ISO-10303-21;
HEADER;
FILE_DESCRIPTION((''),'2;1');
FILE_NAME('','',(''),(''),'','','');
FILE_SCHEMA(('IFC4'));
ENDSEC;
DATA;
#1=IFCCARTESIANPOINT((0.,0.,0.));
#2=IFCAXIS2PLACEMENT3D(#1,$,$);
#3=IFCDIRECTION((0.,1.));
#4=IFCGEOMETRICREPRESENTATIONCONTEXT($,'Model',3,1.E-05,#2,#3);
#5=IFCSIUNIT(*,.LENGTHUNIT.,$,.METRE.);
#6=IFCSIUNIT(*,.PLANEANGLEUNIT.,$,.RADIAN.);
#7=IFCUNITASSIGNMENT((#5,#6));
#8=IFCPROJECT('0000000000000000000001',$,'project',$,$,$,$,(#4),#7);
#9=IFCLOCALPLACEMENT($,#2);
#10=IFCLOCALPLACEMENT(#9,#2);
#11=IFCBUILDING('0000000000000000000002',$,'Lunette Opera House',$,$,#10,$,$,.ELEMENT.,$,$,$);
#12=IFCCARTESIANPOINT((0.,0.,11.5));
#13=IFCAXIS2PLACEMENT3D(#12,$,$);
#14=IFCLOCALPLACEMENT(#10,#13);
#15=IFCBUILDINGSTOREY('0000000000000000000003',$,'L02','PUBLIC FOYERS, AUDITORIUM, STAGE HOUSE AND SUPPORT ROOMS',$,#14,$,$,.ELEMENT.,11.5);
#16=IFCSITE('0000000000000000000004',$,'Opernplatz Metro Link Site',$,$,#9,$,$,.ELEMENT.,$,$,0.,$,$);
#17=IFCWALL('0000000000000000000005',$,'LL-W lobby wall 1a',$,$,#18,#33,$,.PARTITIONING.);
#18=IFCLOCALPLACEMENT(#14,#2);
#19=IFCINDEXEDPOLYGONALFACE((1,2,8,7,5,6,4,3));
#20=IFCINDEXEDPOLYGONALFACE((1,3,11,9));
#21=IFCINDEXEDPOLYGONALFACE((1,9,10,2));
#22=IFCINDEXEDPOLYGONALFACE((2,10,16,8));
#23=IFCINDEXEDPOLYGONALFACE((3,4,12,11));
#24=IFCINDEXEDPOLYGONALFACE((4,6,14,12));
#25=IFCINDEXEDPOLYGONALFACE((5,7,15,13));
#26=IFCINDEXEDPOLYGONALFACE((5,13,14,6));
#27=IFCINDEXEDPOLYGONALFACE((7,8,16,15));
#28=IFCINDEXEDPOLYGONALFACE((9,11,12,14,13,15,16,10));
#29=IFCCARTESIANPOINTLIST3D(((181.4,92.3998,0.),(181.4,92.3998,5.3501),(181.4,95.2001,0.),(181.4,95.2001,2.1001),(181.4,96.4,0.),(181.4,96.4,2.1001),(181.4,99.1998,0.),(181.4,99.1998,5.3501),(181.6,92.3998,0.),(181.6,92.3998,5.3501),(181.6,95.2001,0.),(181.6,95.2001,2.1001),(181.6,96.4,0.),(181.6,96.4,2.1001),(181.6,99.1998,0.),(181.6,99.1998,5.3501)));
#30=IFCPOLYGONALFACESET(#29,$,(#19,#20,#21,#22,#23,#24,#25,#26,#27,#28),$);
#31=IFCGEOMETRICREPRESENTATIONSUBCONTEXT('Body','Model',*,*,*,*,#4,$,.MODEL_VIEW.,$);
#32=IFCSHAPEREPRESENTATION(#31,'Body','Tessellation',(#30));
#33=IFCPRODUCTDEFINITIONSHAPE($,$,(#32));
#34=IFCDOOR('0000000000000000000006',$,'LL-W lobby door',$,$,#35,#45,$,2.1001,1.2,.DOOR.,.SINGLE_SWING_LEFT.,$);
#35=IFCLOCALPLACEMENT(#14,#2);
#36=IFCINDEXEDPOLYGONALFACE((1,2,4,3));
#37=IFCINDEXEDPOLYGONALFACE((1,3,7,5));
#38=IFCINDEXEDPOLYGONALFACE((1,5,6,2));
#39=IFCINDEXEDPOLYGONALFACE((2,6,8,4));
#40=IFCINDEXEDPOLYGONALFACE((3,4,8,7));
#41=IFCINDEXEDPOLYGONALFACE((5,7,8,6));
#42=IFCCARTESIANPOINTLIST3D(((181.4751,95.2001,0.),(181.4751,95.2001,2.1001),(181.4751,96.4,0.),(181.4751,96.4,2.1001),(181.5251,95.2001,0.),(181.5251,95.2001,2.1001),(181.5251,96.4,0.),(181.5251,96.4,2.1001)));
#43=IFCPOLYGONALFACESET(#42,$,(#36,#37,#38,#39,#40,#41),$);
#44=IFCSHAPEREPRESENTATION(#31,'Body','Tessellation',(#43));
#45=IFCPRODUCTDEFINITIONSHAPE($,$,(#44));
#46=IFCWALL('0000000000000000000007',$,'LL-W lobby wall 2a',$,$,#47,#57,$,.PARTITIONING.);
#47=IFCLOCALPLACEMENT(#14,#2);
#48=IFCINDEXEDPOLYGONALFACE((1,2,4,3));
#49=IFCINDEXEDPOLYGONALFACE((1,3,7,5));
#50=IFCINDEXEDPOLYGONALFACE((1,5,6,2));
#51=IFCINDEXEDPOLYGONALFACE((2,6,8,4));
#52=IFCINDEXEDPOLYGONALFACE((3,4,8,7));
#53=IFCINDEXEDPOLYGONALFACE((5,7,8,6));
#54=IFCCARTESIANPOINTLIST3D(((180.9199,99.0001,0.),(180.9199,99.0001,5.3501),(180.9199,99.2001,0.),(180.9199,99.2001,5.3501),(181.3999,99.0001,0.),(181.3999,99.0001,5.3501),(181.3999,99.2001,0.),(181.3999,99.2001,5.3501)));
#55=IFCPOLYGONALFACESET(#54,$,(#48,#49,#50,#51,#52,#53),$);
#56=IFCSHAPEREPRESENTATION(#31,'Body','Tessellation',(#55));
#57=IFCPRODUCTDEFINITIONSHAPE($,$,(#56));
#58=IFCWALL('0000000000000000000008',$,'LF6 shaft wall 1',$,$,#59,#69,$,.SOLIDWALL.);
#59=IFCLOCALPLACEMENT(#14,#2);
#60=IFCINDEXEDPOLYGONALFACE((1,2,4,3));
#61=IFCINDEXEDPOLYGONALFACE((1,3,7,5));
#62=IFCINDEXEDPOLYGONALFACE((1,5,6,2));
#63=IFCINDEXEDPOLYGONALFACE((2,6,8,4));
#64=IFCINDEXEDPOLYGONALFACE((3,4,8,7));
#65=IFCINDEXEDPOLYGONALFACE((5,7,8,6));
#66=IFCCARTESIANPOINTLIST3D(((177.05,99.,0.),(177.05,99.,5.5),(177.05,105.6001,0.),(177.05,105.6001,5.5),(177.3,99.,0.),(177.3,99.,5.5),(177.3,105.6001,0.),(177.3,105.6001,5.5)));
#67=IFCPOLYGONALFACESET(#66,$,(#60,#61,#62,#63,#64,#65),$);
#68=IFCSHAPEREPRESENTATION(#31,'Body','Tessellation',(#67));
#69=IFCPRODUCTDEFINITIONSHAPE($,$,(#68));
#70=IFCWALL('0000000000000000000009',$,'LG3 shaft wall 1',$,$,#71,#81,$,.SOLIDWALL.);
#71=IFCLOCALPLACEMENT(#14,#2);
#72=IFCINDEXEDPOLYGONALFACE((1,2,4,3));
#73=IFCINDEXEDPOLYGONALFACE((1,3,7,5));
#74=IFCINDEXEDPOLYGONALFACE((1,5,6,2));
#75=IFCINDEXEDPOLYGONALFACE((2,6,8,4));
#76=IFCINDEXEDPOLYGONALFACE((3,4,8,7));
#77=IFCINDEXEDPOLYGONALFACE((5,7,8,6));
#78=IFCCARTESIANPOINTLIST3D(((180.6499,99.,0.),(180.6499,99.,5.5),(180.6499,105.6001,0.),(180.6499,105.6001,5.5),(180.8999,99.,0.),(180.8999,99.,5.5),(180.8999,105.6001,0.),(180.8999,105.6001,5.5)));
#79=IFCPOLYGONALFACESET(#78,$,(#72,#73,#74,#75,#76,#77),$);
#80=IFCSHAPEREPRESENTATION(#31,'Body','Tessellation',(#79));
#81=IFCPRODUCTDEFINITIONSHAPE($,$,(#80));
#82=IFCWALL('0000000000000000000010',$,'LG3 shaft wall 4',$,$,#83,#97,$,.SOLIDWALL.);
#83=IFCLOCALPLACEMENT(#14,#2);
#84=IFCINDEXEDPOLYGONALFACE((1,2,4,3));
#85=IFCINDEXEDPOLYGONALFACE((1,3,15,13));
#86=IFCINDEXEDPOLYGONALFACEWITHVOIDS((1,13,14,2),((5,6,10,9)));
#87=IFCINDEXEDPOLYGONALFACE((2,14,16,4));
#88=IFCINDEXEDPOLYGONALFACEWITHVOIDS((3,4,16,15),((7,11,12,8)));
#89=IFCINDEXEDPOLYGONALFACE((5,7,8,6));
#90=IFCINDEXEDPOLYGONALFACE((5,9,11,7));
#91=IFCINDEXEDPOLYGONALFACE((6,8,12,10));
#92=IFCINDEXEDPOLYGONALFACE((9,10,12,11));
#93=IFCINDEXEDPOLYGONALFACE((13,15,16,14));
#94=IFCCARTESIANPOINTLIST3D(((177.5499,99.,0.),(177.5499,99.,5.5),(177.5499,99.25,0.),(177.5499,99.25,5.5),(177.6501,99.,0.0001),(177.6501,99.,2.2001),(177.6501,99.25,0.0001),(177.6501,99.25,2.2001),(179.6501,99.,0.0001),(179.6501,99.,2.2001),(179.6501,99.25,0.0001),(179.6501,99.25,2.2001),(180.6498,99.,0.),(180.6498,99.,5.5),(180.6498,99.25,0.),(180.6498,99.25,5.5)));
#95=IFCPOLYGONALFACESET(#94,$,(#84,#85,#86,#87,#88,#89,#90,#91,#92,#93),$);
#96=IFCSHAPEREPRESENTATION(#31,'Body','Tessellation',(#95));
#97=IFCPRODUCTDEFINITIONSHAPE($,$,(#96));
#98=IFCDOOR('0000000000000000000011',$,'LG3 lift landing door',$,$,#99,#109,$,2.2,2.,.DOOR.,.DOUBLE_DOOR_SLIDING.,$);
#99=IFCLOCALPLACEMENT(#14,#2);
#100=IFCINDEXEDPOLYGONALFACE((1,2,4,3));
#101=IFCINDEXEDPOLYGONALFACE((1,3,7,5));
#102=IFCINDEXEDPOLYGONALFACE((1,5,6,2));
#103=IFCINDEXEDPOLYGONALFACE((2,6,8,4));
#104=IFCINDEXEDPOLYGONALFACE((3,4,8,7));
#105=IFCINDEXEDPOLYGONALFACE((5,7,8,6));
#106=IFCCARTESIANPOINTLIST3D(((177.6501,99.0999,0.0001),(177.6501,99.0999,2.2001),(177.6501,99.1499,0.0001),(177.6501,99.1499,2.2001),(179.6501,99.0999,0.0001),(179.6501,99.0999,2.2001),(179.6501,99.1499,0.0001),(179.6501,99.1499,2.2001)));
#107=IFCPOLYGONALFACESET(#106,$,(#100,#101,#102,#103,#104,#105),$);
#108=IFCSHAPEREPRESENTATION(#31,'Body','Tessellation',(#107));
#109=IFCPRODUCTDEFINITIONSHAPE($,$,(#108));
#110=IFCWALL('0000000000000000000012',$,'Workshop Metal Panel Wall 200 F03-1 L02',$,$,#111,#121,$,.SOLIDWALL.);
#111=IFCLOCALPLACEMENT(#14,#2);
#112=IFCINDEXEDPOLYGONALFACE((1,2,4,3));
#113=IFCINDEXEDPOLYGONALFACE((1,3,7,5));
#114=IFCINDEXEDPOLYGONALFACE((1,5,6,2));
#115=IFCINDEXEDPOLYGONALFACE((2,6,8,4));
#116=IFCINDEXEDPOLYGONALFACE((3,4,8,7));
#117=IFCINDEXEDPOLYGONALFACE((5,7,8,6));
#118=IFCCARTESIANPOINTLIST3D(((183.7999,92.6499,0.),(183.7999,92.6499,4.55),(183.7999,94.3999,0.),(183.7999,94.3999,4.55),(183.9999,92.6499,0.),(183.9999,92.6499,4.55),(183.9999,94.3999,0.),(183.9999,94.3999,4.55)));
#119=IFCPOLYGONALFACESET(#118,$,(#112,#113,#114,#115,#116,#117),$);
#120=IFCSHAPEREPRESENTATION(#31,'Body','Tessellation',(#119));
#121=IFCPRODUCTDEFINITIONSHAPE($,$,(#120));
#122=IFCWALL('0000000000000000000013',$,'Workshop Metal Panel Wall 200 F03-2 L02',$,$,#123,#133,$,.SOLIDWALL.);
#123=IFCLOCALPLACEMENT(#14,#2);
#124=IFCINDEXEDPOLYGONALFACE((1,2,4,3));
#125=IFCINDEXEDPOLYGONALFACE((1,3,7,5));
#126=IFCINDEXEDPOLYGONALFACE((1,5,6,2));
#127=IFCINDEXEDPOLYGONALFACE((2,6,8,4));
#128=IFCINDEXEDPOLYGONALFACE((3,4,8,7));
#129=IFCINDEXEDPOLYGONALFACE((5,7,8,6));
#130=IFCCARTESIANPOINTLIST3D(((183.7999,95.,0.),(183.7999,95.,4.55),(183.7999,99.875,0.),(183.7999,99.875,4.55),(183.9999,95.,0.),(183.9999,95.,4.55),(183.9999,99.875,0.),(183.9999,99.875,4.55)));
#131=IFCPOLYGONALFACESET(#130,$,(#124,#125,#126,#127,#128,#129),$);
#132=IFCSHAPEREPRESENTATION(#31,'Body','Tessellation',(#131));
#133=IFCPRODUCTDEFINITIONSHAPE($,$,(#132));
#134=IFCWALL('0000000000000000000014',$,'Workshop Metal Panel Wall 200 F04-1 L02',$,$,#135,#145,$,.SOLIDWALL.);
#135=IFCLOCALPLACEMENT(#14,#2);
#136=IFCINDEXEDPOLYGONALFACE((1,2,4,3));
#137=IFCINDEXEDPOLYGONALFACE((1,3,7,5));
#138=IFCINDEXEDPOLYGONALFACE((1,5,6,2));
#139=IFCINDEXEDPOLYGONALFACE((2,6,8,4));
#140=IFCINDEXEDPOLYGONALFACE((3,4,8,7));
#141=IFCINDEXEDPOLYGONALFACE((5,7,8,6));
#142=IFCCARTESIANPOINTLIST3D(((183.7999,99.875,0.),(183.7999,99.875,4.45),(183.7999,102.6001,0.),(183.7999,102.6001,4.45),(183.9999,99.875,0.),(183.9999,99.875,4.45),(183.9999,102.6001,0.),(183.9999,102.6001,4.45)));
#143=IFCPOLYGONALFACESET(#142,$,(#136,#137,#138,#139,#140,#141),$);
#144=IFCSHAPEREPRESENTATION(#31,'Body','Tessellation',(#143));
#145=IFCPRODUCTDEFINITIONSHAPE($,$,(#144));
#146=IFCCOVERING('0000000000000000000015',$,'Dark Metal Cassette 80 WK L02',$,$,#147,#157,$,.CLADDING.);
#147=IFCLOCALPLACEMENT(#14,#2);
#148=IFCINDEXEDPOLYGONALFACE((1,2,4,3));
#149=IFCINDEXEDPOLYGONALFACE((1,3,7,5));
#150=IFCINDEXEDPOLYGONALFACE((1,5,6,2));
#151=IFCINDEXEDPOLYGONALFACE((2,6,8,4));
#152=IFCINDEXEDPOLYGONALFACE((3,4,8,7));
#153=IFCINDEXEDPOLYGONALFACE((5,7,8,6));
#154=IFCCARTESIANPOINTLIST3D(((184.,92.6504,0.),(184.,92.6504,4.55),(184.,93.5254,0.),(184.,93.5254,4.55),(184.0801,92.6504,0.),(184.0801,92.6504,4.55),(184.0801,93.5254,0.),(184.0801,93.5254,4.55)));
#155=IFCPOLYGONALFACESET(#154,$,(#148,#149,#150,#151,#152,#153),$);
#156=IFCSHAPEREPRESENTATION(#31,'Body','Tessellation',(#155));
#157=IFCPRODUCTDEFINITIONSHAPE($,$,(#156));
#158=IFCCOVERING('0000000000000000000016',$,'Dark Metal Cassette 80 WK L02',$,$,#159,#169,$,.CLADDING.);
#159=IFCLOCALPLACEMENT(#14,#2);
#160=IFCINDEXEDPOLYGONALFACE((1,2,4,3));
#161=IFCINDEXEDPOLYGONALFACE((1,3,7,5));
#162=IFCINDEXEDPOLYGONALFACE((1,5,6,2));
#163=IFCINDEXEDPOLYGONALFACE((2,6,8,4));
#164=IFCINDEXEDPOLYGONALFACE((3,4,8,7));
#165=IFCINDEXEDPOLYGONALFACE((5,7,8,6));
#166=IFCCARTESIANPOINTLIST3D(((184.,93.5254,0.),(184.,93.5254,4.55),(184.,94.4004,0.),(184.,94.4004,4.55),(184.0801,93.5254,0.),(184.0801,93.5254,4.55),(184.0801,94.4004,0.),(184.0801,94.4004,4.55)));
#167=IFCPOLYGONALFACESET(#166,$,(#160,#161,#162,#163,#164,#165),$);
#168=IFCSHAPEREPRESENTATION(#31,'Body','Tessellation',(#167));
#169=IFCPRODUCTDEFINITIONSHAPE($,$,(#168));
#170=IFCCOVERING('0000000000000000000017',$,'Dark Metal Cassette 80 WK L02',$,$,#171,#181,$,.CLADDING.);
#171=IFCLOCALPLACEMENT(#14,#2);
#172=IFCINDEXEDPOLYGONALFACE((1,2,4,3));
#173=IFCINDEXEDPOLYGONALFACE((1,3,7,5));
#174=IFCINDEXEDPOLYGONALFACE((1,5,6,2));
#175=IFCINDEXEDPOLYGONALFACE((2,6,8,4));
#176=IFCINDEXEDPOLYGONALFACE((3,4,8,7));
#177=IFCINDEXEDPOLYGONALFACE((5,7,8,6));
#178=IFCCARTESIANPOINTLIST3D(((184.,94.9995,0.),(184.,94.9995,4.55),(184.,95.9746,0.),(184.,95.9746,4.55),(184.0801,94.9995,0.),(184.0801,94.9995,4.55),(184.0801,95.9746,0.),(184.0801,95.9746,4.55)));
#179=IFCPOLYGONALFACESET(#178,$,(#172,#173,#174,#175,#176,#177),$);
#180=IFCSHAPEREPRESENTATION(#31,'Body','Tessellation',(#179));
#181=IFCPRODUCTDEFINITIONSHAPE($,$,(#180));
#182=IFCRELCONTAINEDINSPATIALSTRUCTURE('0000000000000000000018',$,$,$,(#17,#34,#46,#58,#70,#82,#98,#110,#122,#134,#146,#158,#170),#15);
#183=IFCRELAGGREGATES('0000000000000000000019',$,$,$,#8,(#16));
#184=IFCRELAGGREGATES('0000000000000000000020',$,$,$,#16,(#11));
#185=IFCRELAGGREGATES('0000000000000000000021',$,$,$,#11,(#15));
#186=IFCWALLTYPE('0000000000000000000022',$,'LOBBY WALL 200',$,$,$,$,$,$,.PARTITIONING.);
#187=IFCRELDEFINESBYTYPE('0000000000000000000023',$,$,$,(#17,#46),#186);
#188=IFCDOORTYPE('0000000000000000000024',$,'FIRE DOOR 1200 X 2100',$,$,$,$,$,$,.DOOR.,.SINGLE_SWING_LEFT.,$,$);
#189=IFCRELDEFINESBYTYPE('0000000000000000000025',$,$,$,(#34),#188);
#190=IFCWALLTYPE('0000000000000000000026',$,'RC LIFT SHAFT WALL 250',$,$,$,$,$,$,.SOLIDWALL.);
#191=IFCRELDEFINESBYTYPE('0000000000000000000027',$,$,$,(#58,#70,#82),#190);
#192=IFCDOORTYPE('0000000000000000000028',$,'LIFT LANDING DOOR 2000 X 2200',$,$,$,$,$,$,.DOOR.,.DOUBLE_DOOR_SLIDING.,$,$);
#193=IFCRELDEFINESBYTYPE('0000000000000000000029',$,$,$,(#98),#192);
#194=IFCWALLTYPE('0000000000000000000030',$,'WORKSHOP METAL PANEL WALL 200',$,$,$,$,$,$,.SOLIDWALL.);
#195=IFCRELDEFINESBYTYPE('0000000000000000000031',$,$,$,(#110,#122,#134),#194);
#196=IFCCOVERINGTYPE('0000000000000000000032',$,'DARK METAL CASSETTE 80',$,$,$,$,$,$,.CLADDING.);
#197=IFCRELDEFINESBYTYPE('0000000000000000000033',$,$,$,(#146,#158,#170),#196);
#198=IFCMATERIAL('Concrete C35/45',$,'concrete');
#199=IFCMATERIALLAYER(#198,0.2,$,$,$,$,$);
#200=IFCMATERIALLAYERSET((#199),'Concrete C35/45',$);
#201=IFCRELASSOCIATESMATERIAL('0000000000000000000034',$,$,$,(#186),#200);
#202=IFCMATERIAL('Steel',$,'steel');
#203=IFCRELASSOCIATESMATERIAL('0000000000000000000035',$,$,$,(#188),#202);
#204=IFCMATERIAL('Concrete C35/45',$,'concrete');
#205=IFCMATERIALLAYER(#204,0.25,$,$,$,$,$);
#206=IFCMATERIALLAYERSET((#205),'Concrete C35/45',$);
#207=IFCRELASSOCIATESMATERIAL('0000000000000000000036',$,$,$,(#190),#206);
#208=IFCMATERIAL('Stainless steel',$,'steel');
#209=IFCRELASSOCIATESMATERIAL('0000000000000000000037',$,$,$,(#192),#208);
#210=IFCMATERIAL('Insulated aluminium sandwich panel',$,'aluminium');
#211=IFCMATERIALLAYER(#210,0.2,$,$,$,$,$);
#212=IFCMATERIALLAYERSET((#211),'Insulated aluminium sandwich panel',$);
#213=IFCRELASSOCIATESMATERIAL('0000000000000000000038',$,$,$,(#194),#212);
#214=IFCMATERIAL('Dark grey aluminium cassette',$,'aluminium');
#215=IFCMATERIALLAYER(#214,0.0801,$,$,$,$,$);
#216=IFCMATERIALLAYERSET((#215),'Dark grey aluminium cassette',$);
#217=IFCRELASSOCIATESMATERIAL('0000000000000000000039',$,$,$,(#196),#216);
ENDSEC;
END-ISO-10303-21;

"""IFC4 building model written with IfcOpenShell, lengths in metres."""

from ifc_helpers import new_model, si_unit, direction, frame, frame_2d, origin, origin_2d, place, context, subcontext, project, spatial, rectangle, extrude, material, layer, layer_set, type_object, element, fill, save


model = new_model("IFC4")

# Units and contexts
model_context = context("Model", 3, precision=1e-05, world=origin(), true_north=direction((0.0, 1.0)))
body_context = subcontext(model_context, "Body", "Model", "MODEL_VIEW")
ifc_project = project(units=[si_unit("LENGTHUNIT", "METRE"), si_unit("PLANEANGLEUNIT", "RADIAN")], contexts=[model_context])

# Site, building, storey
site_placement = place(None, origin())
site = spatial("IfcSite", under=ifc_project, at=site_placement, Name="Opernplatz Metro Link Site", CompositionType="ELEMENT", RefElevation=0.0)
building_placement = place(site_placement, origin())
building = spatial("IfcBuilding", under=site, at=building_placement, Name="Lunette Opera House", CompositionType="ELEMENT")
storey_placement = place(building_placement, frame((0.0, 0.0, 11.5)))
storey = spatial("IfcBuildingStorey", under=building, at=storey_placement, Name="L02", Description="PUBLIC FOYERS, AUDITORIUM, STAGE HOUSE AND SUPPORT ROOMS", CompositionType="ELEMENT", Elevation=11.5)

# Wall, opening, door
ifc_material_1 = material(Name="Concrete C35/45", Category="concrete")
ifc_layer_1 = layer(ifc_material_1, 0.2)
ifc_layer_set_1 = layer_set([ifc_layer_1], Name="Concrete C35/45")
wall_type_1 = type_object("IfcWallType", Name="LOBBY WALL 200", PredefinedType="PARTITIONING", material=ifc_layer_set_1)
wall_1_placement = place(storey_placement, frame((181.5, 92.3999, 0.0), z_axis=(0.0, 0.0, 1.0), x_axis=(0.0, 1.0, 0.0)))
wall_1 = element("IfcWall", 1, at=wall_1_placement, inside=storey, type_object=wall_type_1, Name="LL-W lobby wall 1a", PredefinedType="PARTITIONING", context=body_context, shape_type="SweptSolid", body=[
    extrude(rectangle(XDim=6.8, YDim=0.2, at=frame_2d((3.3999, 0.0))), origin(), (0.0, 0.0, 1.0), 5.3501),
])
opening_1_placement = place(wall_1_placement, frame((2.8, 0.0, 0.0)))
opening_1 = element("IfcOpeningElement", 2, at=opening_1_placement, cuts=wall_1, PredefinedType="OPENING", context=body_context, shape_type="SweptSolid", body=[
    extrude(rectangle(XDim=1.2, YDim=2.1001, at=frame_2d((0.6001, 1.05))), frame((0.0, 0.1121, 0.0), z_axis=(0.0, -1.0, 0.0), x_axis=(1.0, 0.0, 0.0)), (0.0, 0.0, 1.0), 0.2239),
])
ifc_material_2 = material(Name="Steel", Category="steel")
door_type_1 = type_object("IfcDoorType", Name="FIRE DOOR 1200 X 2100", OperationType="SINGLE_SWING_LEFT", PredefinedType="DOOR", material=ifc_material_2)
door_1_placement = place(opening_1_placement, origin())
door_1 = element("IfcDoor", 3, at=door_1_placement, inside=storey, type_object=door_type_1, Name="LL-W lobby door", OperationType="SINGLE_SWING_LEFT", OverallHeight=2.1001, OverallWidth=1.2, PredefinedType="DOOR", context=body_context, shape_type="SweptSolid", body=[
    extrude(rectangle(XDim=1.2, YDim=2.1001, at=frame_2d((0.6001, 1.05))), frame((0.0, 0.0249, 0.0), z_axis=(0.0, -1.0, 0.0), x_axis=(1.0, 0.0, 0.0)), (0.0, 0.0, 1.0), 0.05),
])
fill(opening_1, door_1)

# Walls
wall_2_placement = place(storey_placement, frame((181.3999, 99.1001, 0.0), z_axis=(0.0, 0.0, 1.0), x_axis=(-1.0, 0.0, 0.0)))
element("IfcWall", 4, at=wall_2_placement, inside=storey, type_object=wall_type_1, Name="LL-W lobby wall 2a", PredefinedType="PARTITIONING", context=body_context, shape_type="SweptSolid", body=[
    extrude(rectangle(XDim=0.48, YDim=0.2, at=frame_2d((0.24, 0.0))), origin(), (0.0, 0.0, 1.0), 5.3501),
])
ifc_material_3 = material(Name="Concrete C35/45", Category="concrete")
ifc_layer_2 = layer(ifc_material_3, 0.25)
ifc_layer_set_2 = layer_set([ifc_layer_2], Name="Concrete C35/45")
wall_type_2 = type_object("IfcWallType", Name="RC LIFT SHAFT WALL 250", PredefinedType="SOLIDWALL", material=ifc_layer_set_2)
for number, where, z_axis, x_axis, name in (
    (5, (177.175, 99.0, 0.0), (0.0, 0.0, 1.0), (0.0, 1.0, 0.0), "LF6 shaft wall 1"),
    (6, (180.7749, 99.0, 0.0), (0.0, 0.0, 1.0), (0.0, 1.0, 0.0), "LG3 shaft wall 1"),
):
    element("IfcWall", number, at=place(storey_placement, frame(where, z_axis=z_axis, x_axis=x_axis)), inside=storey, type_object=wall_type_2, Name=name, PredefinedType="SOLIDWALL", context=body_context, shape_type="SweptSolid", body=[
        extrude(rectangle(XDim=6.6001, YDim=0.25, at=frame_2d((3.3, 0.0))), origin(), (0.0, 0.0, 1.0), 5.5),
    ])

# Wall, opening, door
wall_3_placement = place(storey_placement, frame((177.55, 99.125, 0.0), z_axis=(0.0, 0.0, 1.0), x_axis=(1.0, 0.0, 0.0)))
wall_3 = element("IfcWall", 7, at=wall_3_placement, inside=storey, type_object=wall_type_2, Name="LG3 shaft wall 4", PredefinedType="SOLIDWALL", context=body_context, shape_type="SweptSolid", body=[
    extrude(rectangle(XDim=3.0999, YDim=0.25, at=frame_2d((1.5498, 0.0))), origin(), (0.0, 0.0, 1.0), 5.5),
])
opening_2_placement = place(wall_3_placement, frame((0.1001, 0.0, 0.0)))
opening_2 = element("IfcOpeningElement", 8, at=opening_2_placement, cuts=wall_3, PredefinedType="OPENING", context=body_context, shape_type="SweptSolid", body=[
    extrude(rectangle(XDim=2.0, YDim=2.2, at=frame_2d((1.0, 1.1001))), frame((0.0, 0.137, 0.0), z_axis=(0.0, -1.0, 0.0), x_axis=(1.0, 0.0, 0.0)), (0.0, 0.0, 1.0), 0.2739),
])
ifc_material_4 = material(Name="Stainless steel", Category="steel")
door_type_2 = type_object("IfcDoorType", Name="LIFT LANDING DOOR 2000 X 2200", OperationType="DOUBLE_DOOR_SLIDING", PredefinedType="DOOR", material=ifc_material_4)
door_2_placement = place(opening_2_placement, origin())
door_2 = element("IfcDoor", 9, at=door_2_placement, inside=storey, type_object=door_type_2, Name="LG3 lift landing door", OperationType="DOUBLE_DOOR_SLIDING", OverallHeight=2.2, OverallWidth=2.0, PredefinedType="DOOR", context=body_context, shape_type="SweptSolid", body=[
    extrude(rectangle(XDim=2.0, YDim=2.2, at=frame_2d((1.0, 1.1001))), frame((0.0, 0.0249, 0.0), z_axis=(0.0, -1.0, 0.0), x_axis=(1.0, 0.0, 0.0)), (0.0, 0.0, 1.0), 0.05),
])
fill(opening_2, door_2)

# Walls
ifc_material_5 = material(Name="Insulated aluminium sandwich panel", Category="aluminium")
ifc_layer_3 = layer(ifc_material_5, 0.2)
ifc_layer_set_3 = layer_set([ifc_layer_3], Name="Insulated aluminium sandwich panel")
wall_type_3 = type_object("IfcWallType", Name="WORKSHOP METAL PANEL WALL 200", PredefinedType="SOLIDWALL", material=ifc_layer_set_3)
wall_4_placement = place(storey_placement, frame((183.8999, 92.6499, 0.0), z_axis=(0.0, 0.0, 1.0), x_axis=(0.0, 1.0, 0.0)))
element("IfcWall", 10, at=wall_4_placement, inside=storey, type_object=wall_type_3, Name="Workshop Metal Panel Wall 200 F03-1 L02", PredefinedType="SOLIDWALL", context=body_context, shape_type="SweptSolid", body=[
    extrude(rectangle(XDim=1.75, YDim=0.2, at=frame_2d((0.875, 0.0))), origin(), (0.0, 0.0, 1.0), 4.55),
])
wall_5_placement = place(storey_placement, frame((183.8999, 95.0, 0.0), z_axis=(0.0, 0.0, 1.0), x_axis=(0.0, 1.0, 0.0)))
element("IfcWall", 11, at=wall_5_placement, inside=storey, type_object=wall_type_3, Name="Workshop Metal Panel Wall 200 F03-2 L02", PredefinedType="SOLIDWALL", context=body_context, shape_type="SweptSolid", body=[
    extrude(rectangle(XDim=4.875, YDim=0.2, at=frame_2d((2.4375, 0.0))), origin(), (0.0, 0.0, 1.0), 4.55),
])
wall_6_placement = place(storey_placement, frame((183.8999, 99.875, 0.0), z_axis=(0.0, 0.0, 1.0), x_axis=(0.0, 1.0, 0.0)))
element("IfcWall", 12, at=wall_6_placement, inside=storey, type_object=wall_type_3, Name="Workshop Metal Panel Wall 200 F04-1 L02", PredefinedType="SOLIDWALL", context=body_context, shape_type="SweptSolid", body=[
    extrude(rectangle(XDim=2.7251, YDim=0.2, at=frame_2d((1.3625, 0.0))), origin(), (0.0, 0.0, 1.0), 4.45),
])

# Coverings
ifc_material_6 = material(Name="Dark grey aluminium cassette", Category="aluminium")
ifc_layer_4 = layer(ifc_material_6, 0.0801)
ifc_layer_set_4 = layer_set([ifc_layer_4], Name="Dark grey aluminium cassette")
covering_type = type_object("IfcCoveringType", Name="DARK METAL CASSETTE 80", PredefinedType="CLADDING", material=ifc_layer_set_4)
for number, where, z_axis, x_axis, name in (
    (13, (184.04, 93.0879, 0.0), (0.0, 0.0, 1.0), (0.0, 1.0, 0.0), "Dark Metal Cassette 80 WK L02"),
    (14, (184.04, 93.9629, 0.0), (0.0, 0.0, 1.0), (0.0, 1.0, 0.0), "Dark Metal Cassette 80 WK L02"),
):
    element("IfcCovering", number, at=place(storey_placement, frame(where, z_axis=z_axis, x_axis=x_axis)), inside=storey, type_object=covering_type, Name=name, PredefinedType="CLADDING", context=body_context, shape_type="SweptSolid", body=[
        extrude(rectangle(XDim=0.875, YDim=0.0801, at=origin_2d()), origin(), (0.0, 0.0, 1.0), 4.55),
    ])
for number, where, z_axis, x_axis, name in (
    (15, (184.04, 95.4871, 0.0), (0.0, 0.0, 1.0), (0.0, 1.0, 0.0), "Dark Metal Cassette 80 WK L02"),
):
    element("IfcCovering", number, at=place(storey_placement, frame(where, z_axis=z_axis, x_axis=x_axis)), inside=storey, type_object=covering_type, Name=name, PredefinedType="CLADDING", context=body_context, shape_type="SweptSolid", body=[
        extrude(rectangle(XDim=0.9751, YDim=0.0801, at=origin_2d()), origin(), (0.0, 0.0, 1.0), 4.55),
    ])

save(model, "model.ifc")
